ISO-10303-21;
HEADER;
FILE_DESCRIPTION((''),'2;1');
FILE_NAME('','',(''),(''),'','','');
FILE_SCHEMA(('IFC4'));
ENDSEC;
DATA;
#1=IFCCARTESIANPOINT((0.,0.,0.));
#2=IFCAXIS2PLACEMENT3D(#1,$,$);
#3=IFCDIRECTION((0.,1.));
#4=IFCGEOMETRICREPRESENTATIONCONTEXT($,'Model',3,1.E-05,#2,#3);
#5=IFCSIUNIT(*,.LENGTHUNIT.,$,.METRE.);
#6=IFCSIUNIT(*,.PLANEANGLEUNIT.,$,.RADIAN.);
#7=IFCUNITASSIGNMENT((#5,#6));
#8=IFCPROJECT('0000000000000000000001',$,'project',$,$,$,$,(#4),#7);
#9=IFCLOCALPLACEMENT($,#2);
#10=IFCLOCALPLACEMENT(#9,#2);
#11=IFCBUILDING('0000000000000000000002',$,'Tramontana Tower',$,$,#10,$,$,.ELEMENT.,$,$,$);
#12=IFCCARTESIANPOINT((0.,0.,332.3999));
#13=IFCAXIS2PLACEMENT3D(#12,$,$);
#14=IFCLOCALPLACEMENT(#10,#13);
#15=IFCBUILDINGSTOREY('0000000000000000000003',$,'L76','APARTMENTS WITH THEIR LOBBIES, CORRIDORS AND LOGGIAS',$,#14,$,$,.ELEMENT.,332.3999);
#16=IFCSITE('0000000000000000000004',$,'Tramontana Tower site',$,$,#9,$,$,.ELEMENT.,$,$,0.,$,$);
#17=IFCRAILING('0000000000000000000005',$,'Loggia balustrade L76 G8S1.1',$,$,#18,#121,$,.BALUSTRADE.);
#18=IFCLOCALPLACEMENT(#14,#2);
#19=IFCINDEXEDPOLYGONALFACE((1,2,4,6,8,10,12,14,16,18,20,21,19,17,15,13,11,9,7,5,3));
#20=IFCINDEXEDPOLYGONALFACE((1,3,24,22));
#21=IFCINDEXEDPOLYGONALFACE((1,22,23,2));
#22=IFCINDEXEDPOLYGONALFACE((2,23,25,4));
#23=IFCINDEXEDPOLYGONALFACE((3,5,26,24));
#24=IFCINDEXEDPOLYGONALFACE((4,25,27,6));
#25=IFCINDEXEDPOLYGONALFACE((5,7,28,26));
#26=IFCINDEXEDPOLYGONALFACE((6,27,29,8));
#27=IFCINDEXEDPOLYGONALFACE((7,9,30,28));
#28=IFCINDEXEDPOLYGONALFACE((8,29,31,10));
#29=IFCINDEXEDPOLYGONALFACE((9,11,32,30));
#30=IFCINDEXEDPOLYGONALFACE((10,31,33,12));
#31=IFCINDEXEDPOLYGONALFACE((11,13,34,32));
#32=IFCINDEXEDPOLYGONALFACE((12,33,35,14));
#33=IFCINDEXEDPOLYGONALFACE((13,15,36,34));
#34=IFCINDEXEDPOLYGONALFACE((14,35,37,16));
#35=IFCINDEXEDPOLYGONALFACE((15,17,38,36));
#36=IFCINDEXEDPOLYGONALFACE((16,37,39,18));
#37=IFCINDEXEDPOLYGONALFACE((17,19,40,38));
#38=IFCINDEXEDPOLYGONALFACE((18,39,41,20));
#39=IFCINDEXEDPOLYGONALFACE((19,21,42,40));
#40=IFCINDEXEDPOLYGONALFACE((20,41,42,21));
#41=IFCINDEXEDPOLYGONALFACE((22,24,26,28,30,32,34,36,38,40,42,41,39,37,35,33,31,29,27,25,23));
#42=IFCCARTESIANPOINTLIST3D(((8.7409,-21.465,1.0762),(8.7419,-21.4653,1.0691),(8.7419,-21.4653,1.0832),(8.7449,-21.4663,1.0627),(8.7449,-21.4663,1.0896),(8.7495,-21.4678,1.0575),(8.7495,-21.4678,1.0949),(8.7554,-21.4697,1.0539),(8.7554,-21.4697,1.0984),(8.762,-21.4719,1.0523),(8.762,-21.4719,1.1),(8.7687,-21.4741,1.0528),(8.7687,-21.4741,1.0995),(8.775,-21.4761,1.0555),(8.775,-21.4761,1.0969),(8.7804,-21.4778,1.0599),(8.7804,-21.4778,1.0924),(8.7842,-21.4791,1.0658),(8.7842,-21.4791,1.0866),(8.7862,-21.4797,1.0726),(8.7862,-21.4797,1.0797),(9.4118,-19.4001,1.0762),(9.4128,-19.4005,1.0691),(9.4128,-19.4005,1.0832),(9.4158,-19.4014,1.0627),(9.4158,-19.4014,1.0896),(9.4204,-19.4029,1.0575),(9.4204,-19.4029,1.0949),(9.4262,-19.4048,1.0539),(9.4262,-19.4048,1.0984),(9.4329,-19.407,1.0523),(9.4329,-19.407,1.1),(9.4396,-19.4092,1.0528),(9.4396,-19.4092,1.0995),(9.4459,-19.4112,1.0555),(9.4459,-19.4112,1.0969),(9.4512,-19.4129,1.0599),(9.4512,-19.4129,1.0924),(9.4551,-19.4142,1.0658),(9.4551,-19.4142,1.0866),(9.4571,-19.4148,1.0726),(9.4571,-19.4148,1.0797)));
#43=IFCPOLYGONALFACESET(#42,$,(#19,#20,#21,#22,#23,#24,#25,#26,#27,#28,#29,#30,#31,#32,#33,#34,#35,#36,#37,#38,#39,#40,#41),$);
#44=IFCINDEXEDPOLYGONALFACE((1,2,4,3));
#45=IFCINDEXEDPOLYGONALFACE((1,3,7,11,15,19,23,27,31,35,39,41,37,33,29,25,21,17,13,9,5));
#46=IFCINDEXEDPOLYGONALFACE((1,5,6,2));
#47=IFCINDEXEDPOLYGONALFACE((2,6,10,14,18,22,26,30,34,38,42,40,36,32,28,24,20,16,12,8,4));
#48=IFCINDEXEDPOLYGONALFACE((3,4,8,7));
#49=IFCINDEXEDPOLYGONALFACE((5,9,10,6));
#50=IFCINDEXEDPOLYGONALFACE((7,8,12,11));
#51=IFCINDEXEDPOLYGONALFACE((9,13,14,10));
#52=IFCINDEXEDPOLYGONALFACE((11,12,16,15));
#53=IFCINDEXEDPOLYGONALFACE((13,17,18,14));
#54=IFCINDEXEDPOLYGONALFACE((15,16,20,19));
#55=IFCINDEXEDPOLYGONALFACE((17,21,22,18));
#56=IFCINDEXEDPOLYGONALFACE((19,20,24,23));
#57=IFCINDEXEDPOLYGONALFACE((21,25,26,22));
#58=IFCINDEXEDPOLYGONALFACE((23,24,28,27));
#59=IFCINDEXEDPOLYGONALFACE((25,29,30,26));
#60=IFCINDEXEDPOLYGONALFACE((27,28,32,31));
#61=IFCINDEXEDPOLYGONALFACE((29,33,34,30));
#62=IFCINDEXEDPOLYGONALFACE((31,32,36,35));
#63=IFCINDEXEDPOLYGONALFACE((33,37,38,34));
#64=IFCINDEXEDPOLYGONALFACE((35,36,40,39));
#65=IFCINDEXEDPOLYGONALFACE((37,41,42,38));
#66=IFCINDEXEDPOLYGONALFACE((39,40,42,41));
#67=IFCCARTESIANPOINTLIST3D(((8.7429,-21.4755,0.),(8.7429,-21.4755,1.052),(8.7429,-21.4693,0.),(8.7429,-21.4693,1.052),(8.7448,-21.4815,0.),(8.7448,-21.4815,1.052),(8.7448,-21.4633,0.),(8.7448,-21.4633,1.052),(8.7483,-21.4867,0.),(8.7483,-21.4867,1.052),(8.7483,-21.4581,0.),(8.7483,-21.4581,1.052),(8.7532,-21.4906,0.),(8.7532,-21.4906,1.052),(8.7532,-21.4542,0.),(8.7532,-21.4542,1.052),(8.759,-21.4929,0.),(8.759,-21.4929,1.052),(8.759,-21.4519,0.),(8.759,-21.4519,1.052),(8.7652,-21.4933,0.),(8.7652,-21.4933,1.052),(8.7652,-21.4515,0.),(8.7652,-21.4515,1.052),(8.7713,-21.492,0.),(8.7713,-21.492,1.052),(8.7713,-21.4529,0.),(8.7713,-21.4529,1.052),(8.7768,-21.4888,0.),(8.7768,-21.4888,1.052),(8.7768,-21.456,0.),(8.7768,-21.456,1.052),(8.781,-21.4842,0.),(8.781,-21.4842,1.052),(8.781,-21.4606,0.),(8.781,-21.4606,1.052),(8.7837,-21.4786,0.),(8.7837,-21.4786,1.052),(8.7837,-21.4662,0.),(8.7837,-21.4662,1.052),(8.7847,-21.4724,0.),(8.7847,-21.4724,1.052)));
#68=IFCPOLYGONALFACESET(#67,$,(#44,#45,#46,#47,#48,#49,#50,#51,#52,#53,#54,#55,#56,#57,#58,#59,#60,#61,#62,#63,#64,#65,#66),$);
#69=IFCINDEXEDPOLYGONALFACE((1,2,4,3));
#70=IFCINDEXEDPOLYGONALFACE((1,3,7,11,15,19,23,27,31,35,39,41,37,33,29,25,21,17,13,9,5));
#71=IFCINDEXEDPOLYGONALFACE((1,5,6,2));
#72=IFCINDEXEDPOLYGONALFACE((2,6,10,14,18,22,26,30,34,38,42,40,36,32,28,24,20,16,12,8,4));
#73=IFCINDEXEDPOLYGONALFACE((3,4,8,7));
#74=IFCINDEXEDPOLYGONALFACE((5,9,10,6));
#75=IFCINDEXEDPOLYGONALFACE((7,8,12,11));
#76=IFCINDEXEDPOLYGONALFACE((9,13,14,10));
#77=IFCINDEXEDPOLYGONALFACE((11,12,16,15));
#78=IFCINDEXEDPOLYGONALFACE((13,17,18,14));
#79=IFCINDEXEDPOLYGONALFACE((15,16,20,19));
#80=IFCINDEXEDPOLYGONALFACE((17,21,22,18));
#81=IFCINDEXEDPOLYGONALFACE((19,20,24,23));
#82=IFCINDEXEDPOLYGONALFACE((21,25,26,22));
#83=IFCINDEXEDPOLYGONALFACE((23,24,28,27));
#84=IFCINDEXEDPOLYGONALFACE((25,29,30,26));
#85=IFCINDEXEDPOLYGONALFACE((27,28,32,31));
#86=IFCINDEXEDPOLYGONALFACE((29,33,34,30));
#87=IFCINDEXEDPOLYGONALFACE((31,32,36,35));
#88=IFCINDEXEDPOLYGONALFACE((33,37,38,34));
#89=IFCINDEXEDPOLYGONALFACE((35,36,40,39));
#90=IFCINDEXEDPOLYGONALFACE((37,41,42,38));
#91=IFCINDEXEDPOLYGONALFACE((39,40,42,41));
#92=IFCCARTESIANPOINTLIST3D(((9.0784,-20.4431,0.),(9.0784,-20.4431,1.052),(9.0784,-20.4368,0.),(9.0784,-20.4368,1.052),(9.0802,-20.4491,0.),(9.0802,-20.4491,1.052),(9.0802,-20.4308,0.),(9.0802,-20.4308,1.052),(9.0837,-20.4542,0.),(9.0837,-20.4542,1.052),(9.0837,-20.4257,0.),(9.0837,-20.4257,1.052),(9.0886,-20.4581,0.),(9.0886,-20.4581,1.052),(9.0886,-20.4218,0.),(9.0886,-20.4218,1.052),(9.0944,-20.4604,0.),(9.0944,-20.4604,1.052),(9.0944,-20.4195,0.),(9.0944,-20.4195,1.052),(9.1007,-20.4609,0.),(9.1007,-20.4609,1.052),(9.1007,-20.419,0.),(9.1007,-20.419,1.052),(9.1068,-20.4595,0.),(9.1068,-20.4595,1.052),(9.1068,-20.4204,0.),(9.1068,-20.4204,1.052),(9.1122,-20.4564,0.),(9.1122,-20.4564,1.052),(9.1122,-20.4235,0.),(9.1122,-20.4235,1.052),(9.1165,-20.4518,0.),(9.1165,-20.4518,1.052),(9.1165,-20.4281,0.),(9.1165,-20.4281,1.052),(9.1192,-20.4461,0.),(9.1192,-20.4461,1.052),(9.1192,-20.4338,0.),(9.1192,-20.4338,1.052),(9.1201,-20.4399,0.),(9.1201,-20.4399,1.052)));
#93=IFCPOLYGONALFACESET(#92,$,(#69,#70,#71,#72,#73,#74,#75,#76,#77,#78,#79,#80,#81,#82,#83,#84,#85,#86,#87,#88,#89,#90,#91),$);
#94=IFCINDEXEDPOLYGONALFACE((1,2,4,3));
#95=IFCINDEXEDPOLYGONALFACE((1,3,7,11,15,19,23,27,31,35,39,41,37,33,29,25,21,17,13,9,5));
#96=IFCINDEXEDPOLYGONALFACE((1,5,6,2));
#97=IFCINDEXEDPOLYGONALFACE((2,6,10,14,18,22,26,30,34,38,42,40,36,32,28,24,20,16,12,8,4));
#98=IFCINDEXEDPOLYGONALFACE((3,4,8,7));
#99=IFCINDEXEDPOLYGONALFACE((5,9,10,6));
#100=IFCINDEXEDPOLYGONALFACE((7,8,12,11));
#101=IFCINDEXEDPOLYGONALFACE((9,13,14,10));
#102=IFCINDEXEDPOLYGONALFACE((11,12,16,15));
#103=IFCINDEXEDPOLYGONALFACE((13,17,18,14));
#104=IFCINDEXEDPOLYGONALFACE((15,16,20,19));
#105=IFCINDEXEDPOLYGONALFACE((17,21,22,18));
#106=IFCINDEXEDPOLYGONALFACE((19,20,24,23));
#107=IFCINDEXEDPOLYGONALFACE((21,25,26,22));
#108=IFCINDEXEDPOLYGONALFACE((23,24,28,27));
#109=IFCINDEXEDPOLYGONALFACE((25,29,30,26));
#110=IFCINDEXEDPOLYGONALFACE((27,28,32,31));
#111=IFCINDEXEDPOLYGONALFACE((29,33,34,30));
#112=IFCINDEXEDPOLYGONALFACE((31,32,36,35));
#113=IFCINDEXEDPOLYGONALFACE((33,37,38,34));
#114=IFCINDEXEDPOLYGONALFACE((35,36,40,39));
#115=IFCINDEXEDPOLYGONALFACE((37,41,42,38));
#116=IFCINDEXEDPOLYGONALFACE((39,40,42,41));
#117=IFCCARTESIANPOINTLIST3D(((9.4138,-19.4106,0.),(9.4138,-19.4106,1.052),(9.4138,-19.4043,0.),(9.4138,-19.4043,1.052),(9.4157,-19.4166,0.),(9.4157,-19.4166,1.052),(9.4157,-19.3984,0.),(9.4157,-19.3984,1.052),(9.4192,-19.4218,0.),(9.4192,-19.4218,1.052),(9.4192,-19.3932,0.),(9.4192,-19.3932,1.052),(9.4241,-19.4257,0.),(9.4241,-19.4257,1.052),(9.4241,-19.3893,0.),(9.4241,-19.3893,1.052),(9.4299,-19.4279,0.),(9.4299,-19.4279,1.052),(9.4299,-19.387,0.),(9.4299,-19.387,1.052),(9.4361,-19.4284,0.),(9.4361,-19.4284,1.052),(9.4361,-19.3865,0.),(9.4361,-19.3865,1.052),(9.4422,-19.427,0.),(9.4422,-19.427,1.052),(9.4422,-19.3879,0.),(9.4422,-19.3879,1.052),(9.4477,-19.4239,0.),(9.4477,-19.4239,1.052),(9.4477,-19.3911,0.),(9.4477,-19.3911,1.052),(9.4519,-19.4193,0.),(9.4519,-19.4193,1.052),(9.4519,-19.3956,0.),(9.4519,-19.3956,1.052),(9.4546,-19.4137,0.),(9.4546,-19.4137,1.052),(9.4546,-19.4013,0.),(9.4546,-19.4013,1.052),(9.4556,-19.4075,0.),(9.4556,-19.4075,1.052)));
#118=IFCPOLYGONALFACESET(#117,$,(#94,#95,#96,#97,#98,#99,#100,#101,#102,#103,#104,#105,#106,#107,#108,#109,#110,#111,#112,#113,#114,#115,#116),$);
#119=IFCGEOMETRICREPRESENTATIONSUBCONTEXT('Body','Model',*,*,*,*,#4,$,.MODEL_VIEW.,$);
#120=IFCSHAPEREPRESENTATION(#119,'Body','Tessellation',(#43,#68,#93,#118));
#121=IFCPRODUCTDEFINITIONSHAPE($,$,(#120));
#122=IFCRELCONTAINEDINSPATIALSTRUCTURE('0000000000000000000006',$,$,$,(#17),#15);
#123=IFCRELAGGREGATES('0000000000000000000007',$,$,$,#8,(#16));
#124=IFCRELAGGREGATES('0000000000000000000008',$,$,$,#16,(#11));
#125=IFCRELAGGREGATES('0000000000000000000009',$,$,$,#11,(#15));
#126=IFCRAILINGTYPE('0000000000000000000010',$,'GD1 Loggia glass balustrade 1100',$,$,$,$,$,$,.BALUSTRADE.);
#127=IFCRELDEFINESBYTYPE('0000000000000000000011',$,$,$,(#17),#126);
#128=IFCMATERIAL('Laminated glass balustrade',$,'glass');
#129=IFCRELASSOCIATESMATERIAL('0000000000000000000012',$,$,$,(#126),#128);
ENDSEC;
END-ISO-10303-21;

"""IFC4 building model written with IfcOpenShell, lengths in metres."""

from ifc_helpers import new_model, si_unit, direction, frame, origin, origin_2d, place, context, subcontext, project, spatial, circle, extrude, material, type_object, element, save


model = new_model("IFC4")

# Units and contexts
model_context = context("Model", 3, precision=1e-05, world=origin(), true_north=direction((0.0, 1.0)))
body_context = subcontext(model_context, "Body", "Model", "MODEL_VIEW")
ifc_project = project(units=[si_unit("LENGTHUNIT", "METRE"), si_unit("PLANEANGLEUNIT", "RADIAN")], contexts=[model_context])

# Site, building, storey
site_placement = place(None, origin())
site = spatial("IfcSite", under=ifc_project, at=site_placement, Name="Tramontana Tower site", CompositionType="ELEMENT", RefElevation=0.0)
building_placement = place(site_placement, origin())
building = spatial("IfcBuilding", under=site, at=building_placement, Name="Tramontana Tower", CompositionType="ELEMENT")
storey_placement = place(building_placement, frame((0.0, 0.0, 332.3999)))
storey = spatial("IfcBuildingStorey", under=building, at=storey_placement, Name="L76", Description="APARTMENTS WITH THEIR LOBBIES, CORRIDORS AND LOGGIAS", CompositionType="ELEMENT", Elevation=332.3999)

# Railing
ifc_material_1 = material(Name="Laminated glass balustrade", Category="glass")
railing_type = type_object("IfcRailingType", Name="GD1 Loggia glass balustrade 1100", PredefinedType="BALUSTRADE", material=ifc_material_1)
railing_1_placement = place(storey_placement, frame((8.7637, -21.4724, 0.0)))
element("IfcRailing", 1, at=railing_1_placement, inside=storey, type_object=railing_type, Name="Loggia balustrade L76 G8S1.1", PredefinedType="BALUSTRADE", context=body_context, shape_type="SweptSolid", body=[
    extrude(circle(Radius=0.0239, at=origin_2d()), frame((0.0, 0.0, 1.0762), z_axis=(0.309, 0.951062, 0.0), x_axis=(-0.951062, 0.309, 0.0)), (0.0, 0.0, 1.0), 2.1711),
    extrude(circle(Radius=0.021, at=origin_2d()), origin(), (0.0, 0.0, 1.0), 1.052),
    extrude(circle(Radius=0.021, at=origin_2d()), frame((0.3354, 1.0325, 0.0)), (0.0, 0.0, 1.0), 1.052),
    extrude(circle(Radius=0.021, at=origin_2d()), frame((0.6709, 2.0649, 0.0)), (0.0, 0.0, 1.0), 1.052),
])

save(model, "model.ifc")
